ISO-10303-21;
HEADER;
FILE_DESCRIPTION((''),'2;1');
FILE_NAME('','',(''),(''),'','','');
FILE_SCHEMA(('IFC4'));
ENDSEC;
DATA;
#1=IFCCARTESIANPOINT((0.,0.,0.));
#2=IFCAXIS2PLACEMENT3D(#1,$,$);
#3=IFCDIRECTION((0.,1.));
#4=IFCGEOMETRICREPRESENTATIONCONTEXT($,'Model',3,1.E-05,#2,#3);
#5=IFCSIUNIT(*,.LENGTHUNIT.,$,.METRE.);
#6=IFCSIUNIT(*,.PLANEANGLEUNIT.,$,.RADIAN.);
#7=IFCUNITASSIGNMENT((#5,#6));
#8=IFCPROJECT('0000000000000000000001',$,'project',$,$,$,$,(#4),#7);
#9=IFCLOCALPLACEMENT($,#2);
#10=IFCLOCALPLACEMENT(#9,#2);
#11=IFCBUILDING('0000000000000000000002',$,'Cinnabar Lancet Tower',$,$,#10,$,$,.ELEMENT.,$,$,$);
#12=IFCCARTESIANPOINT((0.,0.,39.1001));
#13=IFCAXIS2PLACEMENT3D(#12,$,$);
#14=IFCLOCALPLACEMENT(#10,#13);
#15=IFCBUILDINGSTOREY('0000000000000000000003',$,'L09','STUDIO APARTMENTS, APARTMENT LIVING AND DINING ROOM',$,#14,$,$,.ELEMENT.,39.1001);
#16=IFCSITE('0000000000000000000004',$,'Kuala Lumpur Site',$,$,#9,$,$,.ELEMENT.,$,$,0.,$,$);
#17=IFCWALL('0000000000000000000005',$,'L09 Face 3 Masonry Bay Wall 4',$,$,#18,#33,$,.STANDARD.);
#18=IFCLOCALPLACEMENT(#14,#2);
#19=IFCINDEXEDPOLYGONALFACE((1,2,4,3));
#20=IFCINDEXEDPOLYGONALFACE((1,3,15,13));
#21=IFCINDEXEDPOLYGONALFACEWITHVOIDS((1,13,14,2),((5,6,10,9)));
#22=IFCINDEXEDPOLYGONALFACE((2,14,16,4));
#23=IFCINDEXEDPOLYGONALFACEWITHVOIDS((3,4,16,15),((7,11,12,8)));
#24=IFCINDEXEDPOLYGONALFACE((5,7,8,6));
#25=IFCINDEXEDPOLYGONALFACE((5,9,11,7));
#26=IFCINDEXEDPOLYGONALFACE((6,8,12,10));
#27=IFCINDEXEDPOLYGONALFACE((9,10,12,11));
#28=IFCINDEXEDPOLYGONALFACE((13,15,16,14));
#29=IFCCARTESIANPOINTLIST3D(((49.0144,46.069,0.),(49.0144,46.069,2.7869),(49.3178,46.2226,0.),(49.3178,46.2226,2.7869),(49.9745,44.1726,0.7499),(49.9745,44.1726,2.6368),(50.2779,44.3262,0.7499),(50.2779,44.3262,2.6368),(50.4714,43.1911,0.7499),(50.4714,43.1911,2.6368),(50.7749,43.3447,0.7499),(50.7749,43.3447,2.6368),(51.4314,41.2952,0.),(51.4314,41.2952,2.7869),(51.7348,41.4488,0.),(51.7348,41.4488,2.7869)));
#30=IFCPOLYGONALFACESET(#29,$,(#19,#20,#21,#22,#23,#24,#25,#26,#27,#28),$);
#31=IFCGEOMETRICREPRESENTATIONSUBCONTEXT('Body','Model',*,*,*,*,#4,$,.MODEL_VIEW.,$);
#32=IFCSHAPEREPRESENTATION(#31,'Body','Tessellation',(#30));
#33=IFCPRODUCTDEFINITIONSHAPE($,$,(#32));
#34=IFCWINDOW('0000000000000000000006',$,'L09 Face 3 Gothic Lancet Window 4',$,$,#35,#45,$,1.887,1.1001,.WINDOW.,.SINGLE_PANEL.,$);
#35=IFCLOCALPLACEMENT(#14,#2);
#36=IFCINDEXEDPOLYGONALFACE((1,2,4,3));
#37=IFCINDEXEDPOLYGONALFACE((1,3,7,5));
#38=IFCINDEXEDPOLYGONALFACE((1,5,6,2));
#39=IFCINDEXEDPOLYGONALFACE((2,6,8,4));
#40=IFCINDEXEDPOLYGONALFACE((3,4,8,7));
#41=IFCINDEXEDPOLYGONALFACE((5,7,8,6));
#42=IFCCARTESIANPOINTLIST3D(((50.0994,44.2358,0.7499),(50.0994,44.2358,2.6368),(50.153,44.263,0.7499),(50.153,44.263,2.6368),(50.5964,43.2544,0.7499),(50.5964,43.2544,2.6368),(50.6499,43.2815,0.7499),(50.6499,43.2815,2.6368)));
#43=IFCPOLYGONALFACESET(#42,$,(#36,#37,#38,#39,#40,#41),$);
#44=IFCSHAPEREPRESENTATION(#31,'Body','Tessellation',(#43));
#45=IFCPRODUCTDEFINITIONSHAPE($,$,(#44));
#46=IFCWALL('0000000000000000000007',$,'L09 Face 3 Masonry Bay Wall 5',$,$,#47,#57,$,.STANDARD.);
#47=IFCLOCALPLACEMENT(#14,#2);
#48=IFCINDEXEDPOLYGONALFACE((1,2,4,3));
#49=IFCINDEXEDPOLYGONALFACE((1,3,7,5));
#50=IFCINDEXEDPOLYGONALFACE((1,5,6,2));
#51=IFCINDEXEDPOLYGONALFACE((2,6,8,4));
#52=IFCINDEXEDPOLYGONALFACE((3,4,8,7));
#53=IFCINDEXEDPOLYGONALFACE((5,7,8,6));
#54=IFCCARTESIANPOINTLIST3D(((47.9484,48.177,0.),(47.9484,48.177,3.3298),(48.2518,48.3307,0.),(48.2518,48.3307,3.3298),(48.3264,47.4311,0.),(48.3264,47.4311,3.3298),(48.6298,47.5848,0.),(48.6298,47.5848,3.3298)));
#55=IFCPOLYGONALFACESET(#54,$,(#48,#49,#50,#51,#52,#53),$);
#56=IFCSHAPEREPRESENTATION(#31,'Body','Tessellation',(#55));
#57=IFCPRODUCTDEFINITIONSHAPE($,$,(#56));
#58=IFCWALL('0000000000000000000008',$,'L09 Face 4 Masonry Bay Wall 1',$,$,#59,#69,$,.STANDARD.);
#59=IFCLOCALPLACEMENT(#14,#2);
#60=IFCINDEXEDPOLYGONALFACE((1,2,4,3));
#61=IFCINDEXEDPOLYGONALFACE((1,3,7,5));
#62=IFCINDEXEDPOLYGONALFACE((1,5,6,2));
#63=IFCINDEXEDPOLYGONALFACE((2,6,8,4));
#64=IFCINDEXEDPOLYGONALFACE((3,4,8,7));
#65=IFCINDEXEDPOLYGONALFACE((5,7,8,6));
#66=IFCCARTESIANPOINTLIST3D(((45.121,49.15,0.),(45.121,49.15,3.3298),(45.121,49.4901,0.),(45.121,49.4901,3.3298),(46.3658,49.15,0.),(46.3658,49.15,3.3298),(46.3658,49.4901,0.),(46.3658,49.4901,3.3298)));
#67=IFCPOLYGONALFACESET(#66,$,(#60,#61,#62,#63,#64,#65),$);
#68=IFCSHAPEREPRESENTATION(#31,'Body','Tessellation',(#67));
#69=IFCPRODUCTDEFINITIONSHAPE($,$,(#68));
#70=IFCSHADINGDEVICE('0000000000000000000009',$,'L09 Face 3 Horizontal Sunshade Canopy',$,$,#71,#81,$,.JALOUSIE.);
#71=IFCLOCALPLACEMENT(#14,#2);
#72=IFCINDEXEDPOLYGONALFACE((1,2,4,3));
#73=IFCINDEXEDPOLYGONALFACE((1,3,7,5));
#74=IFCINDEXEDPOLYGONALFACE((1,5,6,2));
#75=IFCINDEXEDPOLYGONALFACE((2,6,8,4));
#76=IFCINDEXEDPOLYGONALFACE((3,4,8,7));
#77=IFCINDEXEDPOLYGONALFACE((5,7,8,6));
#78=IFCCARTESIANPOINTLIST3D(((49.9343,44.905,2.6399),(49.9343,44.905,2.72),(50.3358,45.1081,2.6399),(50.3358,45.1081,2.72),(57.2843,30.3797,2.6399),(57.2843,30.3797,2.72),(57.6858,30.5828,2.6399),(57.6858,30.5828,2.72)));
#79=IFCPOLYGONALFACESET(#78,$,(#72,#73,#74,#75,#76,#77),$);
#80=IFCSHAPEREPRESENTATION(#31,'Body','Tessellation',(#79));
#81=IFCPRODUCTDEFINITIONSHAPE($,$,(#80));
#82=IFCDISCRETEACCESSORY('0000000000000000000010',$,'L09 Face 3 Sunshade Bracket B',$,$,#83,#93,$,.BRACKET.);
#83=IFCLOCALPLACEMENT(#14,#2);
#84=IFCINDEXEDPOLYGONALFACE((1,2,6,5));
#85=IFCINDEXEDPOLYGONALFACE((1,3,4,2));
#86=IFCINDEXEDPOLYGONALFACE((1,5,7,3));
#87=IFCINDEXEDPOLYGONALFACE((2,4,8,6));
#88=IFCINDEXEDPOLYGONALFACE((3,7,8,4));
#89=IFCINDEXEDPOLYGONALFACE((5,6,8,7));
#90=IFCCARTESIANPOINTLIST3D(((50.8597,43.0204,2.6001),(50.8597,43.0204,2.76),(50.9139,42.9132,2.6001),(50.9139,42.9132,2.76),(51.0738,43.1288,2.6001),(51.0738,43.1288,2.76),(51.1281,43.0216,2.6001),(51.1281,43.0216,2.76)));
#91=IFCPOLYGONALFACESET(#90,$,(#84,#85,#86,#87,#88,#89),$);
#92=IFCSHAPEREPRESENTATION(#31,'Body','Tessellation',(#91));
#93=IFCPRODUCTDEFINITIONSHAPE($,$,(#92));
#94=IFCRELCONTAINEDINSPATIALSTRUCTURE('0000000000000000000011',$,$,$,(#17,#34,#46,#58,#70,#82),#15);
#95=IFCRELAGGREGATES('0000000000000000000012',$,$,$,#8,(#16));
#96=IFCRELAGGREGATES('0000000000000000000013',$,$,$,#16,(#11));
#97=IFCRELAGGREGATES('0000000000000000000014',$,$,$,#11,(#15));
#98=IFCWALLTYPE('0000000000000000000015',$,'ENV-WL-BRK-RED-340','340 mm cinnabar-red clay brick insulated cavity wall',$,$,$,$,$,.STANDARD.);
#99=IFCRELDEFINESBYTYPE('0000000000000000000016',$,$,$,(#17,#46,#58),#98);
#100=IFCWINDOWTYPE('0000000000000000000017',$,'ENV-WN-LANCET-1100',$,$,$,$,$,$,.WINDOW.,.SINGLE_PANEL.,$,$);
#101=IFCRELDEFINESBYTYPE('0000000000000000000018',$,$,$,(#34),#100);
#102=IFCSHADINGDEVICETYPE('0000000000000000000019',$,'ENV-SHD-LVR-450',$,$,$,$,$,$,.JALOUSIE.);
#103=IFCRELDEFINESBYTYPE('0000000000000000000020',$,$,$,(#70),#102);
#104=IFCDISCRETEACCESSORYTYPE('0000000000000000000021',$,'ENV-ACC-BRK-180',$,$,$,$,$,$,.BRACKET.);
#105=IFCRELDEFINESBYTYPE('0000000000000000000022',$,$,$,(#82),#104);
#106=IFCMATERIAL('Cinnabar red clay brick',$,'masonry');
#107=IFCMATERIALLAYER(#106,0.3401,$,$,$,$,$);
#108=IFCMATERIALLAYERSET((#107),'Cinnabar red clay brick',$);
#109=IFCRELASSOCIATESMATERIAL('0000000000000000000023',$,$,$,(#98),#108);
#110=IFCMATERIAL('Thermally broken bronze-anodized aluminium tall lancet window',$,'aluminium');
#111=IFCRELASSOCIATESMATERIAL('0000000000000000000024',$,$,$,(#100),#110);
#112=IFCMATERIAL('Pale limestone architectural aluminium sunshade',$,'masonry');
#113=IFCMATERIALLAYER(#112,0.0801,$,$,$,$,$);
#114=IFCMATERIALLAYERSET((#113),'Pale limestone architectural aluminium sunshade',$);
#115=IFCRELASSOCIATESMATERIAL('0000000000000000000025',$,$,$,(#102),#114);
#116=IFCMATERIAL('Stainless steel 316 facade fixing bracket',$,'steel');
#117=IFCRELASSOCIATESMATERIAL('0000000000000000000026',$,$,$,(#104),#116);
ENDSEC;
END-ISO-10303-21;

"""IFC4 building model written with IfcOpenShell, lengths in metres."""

from ifc_helpers import new_model, si_unit, direction, frame, frame_2d, origin, origin_2d, place, context, subcontext, project, spatial, rectangle, extrude, material, layer, layer_set, type_object, element, fill, save


model = new_model("IFC4")

# Units and contexts
model_context = context("Model", 3, precision=1e-05, world=origin(), true_north=direction((0.0, 1.0)))
body_context = subcontext(model_context, "Body", "Model", "MODEL_VIEW")
ifc_project = project(units=[si_unit("LENGTHUNIT", "METRE"), si_unit("PLANEANGLEUNIT", "RADIAN")], contexts=[model_context])

# Site, building, storey
site_placement = place(None, origin())
site = spatial("IfcSite", under=ifc_project, at=site_placement, Name="Kuala Lumpur Site", CompositionType="ELEMENT", RefElevation=0.0)
building_placement = place(site_placement, origin())
building = spatial("IfcBuilding", under=site, at=building_placement, Name="Cinnabar Lancet Tower", CompositionType="ELEMENT")
storey_placement = place(building_placement, frame((0.0, 0.0, 39.1001)))
storey = spatial("IfcBuildingStorey", under=building, at=storey_placement, Name="L09", Description="STUDIO APARTMENTS, APARTMENT LIVING AND DINING ROOM", CompositionType="ELEMENT", Elevation=39.1001)

# Shared definitions
ifc_material_1 = material(Name="Cinnabar red clay brick", Category="masonry")
ifc_layer_1 = layer(ifc_material_1, 0.3401)
ifc_layer_set_1 = layer_set([ifc_layer_1], Name="Cinnabar red clay brick")
wall_type_1 = type_object("IfcWallType", Name="ENV-WL-BRK-RED-340", Description="340 mm cinnabar-red clay brick insulated cavity wall", PredefinedType="STANDARD", material=ifc_layer_set_1)

# Wall, opening, window
wall_1_placement = place(storey_placement, frame((51.583, 41.3721, 0.0), z_axis=(0.0, 0.0, 1.0), x_axis=(-0.451698, 0.892171, 0.0)))
wall_1 = element("IfcWall", 1, at=wall_1_placement, inside=storey, type_object=wall_type_1, Name="L09 Face 3 Masonry Bay Wall 4", PredefinedType="STANDARD", context=body_context, shape_type="SweptSolid", body=[
    extrude(rectangle(XDim=5.3508, YDim=0.3401, at=frame_2d((2.6753, 0.0))), origin(), (0.0, 0.0, 1.0), 2.7869),
])
opening_1_placement = place(wall_1_placement, frame((2.125, 0.0, 0.75)))
opening_1 = element("IfcOpeningElement", 2, at=opening_1_placement, cuts=wall_1, PredefinedType="OPENING", context=body_context, shape_type="SweptSolid", body=[
    extrude(rectangle(XDim=1.1001, YDim=1.887, at=frame_2d((0.55, 0.9434))), frame((0.0, 0.1799, 0.0), z_axis=(0.0, -1.0, 0.0), x_axis=(1.0, 0.0, 0.0)), (0.0, 0.0, 1.0), 0.3601),
])
ifc_material_2 = material(Name="Thermally broken bronze-anodized aluminium tall lancet window", Category="aluminium")
window_type = type_object("IfcWindowType", Name="ENV-WN-LANCET-1100", PartitioningType="SINGLE_PANEL", PredefinedType="WINDOW", material=ifc_material_2)
window_placement = place(opening_1_placement, origin())
window = element("IfcWindow", 3, at=window_placement, inside=storey, type_object=window_type, Name="L09 Face 3 Gothic Lancet Window 4", OverallHeight=1.887, OverallWidth=1.1001, PartitioningType="SINGLE_PANEL", PredefinedType="WINDOW", context=body_context, shape_type="SweptSolid", body=[
    extrude(rectangle(XDim=1.1001, YDim=1.887, at=frame_2d((0.55, 0.9434))), frame((0.0, 0.03, 0.0), z_axis=(0.0, -1.0, 0.0), x_axis=(1.0, 0.0, 0.0)), (0.0, 0.0, 1.0), 0.0601),
])
fill(opening_1, window)

# Walls
wall_2_placement = place(storey_placement, frame((48.478, 47.5081, 0.0), z_axis=(0.0, 0.0, 1.0), x_axis=(-0.451996, 0.89202, 0.0)))
element("IfcWall", 4, at=wall_2_placement, inside=storey, type_object=wall_type_1, Name="L09 Face 3 Masonry Bay Wall 5", PredefinedType="STANDARD", context=body_context, shape_type="SweptSolid", body=[
    extrude(rectangle(XDim=0.8362, YDim=0.3401, at=frame_2d((0.418, 0.0))), origin(), (0.0, 0.0, 1.0), 3.3298),
])
wall_3_placement = place(storey_placement, frame((46.366, 49.3201, 0.0), z_axis=(0.0, 0.0, 1.0), x_axis=(-1.0, 0.0, 0.0)))
element("IfcWall", 5, at=wall_3_placement, inside=storey, type_object=wall_type_1, Name="L09 Face 4 Masonry Bay Wall 1", PredefinedType="STANDARD", context=body_context, shape_type="SweptSolid", body=[
    extrude(rectangle(XDim=1.2449, YDim=0.3401, at=frame_2d((0.6226, 0.0))), origin(), (0.0, 0.0, 1.0), 3.3298),
])

# Shading device
ifc_material_3 = material(Name="Pale limestone architectural aluminium sunshade", Category="masonry")
ifc_layer_2 = layer(ifc_material_3, 0.0801)
ifc_layer_set_2 = layer_set([ifc_layer_2], Name="Pale limestone architectural aluminium sunshade")
shading_device_type = type_object("IfcShadingDeviceType", Name="ENV-SHD-LVR-450", PredefinedType="JALOUSIE", material=ifc_layer_set_2)
shading_device_placement = place(storey_placement, frame((53.8101, 37.7439, 2.6399), z_axis=(0.0, 0.0, 1.0), x_axis=(-0.451501, 0.892271, 0.0)))
element("IfcShadingDevice", 6, at=shading_device_placement, inside=storey, type_object=shading_device_type, Name="L09 Face 3 Horizontal Sunshade Canopy", PredefinedType="JALOUSIE", context=body_context, shape_type="SweptSolid", body=[
    extrude(rectangle(XDim=16.2791, YDim=0.45, at=origin_2d()), origin(), (0.0, 0.0, 1.0), 0.0801),
])

# Discrete accessory
ifc_material_4 = material(Name="Stainless steel 316 facade fixing bracket", Category="steel")
discrete_accessory_type = type_object("IfcDiscreteAccessoryType", Name="ENV-ACC-BRK-180", PredefinedType="BRACKET", material=ifc_material_4)
discrete_accessory_placement = place(storey_placement, frame((50.9939, 43.021, 2.6001), z_axis=(0.0, 0.0, 1.0), x_axis=(-0.451501, 0.892271, 0.0)))
element("IfcDiscreteAccessory", 7, at=discrete_accessory_placement, inside=storey, type_object=discrete_accessory_type, Name="L09 Face 3 Sunshade Bracket B", PredefinedType="BRACKET", context=body_context, shape_type="SweptSolid", body=[
    extrude(rectangle(XDim=0.1201, YDim=0.24, at=origin_2d()), origin(), (0.0, 0.0, 1.0), 0.1599),
])

save(model, "model.ifc")
